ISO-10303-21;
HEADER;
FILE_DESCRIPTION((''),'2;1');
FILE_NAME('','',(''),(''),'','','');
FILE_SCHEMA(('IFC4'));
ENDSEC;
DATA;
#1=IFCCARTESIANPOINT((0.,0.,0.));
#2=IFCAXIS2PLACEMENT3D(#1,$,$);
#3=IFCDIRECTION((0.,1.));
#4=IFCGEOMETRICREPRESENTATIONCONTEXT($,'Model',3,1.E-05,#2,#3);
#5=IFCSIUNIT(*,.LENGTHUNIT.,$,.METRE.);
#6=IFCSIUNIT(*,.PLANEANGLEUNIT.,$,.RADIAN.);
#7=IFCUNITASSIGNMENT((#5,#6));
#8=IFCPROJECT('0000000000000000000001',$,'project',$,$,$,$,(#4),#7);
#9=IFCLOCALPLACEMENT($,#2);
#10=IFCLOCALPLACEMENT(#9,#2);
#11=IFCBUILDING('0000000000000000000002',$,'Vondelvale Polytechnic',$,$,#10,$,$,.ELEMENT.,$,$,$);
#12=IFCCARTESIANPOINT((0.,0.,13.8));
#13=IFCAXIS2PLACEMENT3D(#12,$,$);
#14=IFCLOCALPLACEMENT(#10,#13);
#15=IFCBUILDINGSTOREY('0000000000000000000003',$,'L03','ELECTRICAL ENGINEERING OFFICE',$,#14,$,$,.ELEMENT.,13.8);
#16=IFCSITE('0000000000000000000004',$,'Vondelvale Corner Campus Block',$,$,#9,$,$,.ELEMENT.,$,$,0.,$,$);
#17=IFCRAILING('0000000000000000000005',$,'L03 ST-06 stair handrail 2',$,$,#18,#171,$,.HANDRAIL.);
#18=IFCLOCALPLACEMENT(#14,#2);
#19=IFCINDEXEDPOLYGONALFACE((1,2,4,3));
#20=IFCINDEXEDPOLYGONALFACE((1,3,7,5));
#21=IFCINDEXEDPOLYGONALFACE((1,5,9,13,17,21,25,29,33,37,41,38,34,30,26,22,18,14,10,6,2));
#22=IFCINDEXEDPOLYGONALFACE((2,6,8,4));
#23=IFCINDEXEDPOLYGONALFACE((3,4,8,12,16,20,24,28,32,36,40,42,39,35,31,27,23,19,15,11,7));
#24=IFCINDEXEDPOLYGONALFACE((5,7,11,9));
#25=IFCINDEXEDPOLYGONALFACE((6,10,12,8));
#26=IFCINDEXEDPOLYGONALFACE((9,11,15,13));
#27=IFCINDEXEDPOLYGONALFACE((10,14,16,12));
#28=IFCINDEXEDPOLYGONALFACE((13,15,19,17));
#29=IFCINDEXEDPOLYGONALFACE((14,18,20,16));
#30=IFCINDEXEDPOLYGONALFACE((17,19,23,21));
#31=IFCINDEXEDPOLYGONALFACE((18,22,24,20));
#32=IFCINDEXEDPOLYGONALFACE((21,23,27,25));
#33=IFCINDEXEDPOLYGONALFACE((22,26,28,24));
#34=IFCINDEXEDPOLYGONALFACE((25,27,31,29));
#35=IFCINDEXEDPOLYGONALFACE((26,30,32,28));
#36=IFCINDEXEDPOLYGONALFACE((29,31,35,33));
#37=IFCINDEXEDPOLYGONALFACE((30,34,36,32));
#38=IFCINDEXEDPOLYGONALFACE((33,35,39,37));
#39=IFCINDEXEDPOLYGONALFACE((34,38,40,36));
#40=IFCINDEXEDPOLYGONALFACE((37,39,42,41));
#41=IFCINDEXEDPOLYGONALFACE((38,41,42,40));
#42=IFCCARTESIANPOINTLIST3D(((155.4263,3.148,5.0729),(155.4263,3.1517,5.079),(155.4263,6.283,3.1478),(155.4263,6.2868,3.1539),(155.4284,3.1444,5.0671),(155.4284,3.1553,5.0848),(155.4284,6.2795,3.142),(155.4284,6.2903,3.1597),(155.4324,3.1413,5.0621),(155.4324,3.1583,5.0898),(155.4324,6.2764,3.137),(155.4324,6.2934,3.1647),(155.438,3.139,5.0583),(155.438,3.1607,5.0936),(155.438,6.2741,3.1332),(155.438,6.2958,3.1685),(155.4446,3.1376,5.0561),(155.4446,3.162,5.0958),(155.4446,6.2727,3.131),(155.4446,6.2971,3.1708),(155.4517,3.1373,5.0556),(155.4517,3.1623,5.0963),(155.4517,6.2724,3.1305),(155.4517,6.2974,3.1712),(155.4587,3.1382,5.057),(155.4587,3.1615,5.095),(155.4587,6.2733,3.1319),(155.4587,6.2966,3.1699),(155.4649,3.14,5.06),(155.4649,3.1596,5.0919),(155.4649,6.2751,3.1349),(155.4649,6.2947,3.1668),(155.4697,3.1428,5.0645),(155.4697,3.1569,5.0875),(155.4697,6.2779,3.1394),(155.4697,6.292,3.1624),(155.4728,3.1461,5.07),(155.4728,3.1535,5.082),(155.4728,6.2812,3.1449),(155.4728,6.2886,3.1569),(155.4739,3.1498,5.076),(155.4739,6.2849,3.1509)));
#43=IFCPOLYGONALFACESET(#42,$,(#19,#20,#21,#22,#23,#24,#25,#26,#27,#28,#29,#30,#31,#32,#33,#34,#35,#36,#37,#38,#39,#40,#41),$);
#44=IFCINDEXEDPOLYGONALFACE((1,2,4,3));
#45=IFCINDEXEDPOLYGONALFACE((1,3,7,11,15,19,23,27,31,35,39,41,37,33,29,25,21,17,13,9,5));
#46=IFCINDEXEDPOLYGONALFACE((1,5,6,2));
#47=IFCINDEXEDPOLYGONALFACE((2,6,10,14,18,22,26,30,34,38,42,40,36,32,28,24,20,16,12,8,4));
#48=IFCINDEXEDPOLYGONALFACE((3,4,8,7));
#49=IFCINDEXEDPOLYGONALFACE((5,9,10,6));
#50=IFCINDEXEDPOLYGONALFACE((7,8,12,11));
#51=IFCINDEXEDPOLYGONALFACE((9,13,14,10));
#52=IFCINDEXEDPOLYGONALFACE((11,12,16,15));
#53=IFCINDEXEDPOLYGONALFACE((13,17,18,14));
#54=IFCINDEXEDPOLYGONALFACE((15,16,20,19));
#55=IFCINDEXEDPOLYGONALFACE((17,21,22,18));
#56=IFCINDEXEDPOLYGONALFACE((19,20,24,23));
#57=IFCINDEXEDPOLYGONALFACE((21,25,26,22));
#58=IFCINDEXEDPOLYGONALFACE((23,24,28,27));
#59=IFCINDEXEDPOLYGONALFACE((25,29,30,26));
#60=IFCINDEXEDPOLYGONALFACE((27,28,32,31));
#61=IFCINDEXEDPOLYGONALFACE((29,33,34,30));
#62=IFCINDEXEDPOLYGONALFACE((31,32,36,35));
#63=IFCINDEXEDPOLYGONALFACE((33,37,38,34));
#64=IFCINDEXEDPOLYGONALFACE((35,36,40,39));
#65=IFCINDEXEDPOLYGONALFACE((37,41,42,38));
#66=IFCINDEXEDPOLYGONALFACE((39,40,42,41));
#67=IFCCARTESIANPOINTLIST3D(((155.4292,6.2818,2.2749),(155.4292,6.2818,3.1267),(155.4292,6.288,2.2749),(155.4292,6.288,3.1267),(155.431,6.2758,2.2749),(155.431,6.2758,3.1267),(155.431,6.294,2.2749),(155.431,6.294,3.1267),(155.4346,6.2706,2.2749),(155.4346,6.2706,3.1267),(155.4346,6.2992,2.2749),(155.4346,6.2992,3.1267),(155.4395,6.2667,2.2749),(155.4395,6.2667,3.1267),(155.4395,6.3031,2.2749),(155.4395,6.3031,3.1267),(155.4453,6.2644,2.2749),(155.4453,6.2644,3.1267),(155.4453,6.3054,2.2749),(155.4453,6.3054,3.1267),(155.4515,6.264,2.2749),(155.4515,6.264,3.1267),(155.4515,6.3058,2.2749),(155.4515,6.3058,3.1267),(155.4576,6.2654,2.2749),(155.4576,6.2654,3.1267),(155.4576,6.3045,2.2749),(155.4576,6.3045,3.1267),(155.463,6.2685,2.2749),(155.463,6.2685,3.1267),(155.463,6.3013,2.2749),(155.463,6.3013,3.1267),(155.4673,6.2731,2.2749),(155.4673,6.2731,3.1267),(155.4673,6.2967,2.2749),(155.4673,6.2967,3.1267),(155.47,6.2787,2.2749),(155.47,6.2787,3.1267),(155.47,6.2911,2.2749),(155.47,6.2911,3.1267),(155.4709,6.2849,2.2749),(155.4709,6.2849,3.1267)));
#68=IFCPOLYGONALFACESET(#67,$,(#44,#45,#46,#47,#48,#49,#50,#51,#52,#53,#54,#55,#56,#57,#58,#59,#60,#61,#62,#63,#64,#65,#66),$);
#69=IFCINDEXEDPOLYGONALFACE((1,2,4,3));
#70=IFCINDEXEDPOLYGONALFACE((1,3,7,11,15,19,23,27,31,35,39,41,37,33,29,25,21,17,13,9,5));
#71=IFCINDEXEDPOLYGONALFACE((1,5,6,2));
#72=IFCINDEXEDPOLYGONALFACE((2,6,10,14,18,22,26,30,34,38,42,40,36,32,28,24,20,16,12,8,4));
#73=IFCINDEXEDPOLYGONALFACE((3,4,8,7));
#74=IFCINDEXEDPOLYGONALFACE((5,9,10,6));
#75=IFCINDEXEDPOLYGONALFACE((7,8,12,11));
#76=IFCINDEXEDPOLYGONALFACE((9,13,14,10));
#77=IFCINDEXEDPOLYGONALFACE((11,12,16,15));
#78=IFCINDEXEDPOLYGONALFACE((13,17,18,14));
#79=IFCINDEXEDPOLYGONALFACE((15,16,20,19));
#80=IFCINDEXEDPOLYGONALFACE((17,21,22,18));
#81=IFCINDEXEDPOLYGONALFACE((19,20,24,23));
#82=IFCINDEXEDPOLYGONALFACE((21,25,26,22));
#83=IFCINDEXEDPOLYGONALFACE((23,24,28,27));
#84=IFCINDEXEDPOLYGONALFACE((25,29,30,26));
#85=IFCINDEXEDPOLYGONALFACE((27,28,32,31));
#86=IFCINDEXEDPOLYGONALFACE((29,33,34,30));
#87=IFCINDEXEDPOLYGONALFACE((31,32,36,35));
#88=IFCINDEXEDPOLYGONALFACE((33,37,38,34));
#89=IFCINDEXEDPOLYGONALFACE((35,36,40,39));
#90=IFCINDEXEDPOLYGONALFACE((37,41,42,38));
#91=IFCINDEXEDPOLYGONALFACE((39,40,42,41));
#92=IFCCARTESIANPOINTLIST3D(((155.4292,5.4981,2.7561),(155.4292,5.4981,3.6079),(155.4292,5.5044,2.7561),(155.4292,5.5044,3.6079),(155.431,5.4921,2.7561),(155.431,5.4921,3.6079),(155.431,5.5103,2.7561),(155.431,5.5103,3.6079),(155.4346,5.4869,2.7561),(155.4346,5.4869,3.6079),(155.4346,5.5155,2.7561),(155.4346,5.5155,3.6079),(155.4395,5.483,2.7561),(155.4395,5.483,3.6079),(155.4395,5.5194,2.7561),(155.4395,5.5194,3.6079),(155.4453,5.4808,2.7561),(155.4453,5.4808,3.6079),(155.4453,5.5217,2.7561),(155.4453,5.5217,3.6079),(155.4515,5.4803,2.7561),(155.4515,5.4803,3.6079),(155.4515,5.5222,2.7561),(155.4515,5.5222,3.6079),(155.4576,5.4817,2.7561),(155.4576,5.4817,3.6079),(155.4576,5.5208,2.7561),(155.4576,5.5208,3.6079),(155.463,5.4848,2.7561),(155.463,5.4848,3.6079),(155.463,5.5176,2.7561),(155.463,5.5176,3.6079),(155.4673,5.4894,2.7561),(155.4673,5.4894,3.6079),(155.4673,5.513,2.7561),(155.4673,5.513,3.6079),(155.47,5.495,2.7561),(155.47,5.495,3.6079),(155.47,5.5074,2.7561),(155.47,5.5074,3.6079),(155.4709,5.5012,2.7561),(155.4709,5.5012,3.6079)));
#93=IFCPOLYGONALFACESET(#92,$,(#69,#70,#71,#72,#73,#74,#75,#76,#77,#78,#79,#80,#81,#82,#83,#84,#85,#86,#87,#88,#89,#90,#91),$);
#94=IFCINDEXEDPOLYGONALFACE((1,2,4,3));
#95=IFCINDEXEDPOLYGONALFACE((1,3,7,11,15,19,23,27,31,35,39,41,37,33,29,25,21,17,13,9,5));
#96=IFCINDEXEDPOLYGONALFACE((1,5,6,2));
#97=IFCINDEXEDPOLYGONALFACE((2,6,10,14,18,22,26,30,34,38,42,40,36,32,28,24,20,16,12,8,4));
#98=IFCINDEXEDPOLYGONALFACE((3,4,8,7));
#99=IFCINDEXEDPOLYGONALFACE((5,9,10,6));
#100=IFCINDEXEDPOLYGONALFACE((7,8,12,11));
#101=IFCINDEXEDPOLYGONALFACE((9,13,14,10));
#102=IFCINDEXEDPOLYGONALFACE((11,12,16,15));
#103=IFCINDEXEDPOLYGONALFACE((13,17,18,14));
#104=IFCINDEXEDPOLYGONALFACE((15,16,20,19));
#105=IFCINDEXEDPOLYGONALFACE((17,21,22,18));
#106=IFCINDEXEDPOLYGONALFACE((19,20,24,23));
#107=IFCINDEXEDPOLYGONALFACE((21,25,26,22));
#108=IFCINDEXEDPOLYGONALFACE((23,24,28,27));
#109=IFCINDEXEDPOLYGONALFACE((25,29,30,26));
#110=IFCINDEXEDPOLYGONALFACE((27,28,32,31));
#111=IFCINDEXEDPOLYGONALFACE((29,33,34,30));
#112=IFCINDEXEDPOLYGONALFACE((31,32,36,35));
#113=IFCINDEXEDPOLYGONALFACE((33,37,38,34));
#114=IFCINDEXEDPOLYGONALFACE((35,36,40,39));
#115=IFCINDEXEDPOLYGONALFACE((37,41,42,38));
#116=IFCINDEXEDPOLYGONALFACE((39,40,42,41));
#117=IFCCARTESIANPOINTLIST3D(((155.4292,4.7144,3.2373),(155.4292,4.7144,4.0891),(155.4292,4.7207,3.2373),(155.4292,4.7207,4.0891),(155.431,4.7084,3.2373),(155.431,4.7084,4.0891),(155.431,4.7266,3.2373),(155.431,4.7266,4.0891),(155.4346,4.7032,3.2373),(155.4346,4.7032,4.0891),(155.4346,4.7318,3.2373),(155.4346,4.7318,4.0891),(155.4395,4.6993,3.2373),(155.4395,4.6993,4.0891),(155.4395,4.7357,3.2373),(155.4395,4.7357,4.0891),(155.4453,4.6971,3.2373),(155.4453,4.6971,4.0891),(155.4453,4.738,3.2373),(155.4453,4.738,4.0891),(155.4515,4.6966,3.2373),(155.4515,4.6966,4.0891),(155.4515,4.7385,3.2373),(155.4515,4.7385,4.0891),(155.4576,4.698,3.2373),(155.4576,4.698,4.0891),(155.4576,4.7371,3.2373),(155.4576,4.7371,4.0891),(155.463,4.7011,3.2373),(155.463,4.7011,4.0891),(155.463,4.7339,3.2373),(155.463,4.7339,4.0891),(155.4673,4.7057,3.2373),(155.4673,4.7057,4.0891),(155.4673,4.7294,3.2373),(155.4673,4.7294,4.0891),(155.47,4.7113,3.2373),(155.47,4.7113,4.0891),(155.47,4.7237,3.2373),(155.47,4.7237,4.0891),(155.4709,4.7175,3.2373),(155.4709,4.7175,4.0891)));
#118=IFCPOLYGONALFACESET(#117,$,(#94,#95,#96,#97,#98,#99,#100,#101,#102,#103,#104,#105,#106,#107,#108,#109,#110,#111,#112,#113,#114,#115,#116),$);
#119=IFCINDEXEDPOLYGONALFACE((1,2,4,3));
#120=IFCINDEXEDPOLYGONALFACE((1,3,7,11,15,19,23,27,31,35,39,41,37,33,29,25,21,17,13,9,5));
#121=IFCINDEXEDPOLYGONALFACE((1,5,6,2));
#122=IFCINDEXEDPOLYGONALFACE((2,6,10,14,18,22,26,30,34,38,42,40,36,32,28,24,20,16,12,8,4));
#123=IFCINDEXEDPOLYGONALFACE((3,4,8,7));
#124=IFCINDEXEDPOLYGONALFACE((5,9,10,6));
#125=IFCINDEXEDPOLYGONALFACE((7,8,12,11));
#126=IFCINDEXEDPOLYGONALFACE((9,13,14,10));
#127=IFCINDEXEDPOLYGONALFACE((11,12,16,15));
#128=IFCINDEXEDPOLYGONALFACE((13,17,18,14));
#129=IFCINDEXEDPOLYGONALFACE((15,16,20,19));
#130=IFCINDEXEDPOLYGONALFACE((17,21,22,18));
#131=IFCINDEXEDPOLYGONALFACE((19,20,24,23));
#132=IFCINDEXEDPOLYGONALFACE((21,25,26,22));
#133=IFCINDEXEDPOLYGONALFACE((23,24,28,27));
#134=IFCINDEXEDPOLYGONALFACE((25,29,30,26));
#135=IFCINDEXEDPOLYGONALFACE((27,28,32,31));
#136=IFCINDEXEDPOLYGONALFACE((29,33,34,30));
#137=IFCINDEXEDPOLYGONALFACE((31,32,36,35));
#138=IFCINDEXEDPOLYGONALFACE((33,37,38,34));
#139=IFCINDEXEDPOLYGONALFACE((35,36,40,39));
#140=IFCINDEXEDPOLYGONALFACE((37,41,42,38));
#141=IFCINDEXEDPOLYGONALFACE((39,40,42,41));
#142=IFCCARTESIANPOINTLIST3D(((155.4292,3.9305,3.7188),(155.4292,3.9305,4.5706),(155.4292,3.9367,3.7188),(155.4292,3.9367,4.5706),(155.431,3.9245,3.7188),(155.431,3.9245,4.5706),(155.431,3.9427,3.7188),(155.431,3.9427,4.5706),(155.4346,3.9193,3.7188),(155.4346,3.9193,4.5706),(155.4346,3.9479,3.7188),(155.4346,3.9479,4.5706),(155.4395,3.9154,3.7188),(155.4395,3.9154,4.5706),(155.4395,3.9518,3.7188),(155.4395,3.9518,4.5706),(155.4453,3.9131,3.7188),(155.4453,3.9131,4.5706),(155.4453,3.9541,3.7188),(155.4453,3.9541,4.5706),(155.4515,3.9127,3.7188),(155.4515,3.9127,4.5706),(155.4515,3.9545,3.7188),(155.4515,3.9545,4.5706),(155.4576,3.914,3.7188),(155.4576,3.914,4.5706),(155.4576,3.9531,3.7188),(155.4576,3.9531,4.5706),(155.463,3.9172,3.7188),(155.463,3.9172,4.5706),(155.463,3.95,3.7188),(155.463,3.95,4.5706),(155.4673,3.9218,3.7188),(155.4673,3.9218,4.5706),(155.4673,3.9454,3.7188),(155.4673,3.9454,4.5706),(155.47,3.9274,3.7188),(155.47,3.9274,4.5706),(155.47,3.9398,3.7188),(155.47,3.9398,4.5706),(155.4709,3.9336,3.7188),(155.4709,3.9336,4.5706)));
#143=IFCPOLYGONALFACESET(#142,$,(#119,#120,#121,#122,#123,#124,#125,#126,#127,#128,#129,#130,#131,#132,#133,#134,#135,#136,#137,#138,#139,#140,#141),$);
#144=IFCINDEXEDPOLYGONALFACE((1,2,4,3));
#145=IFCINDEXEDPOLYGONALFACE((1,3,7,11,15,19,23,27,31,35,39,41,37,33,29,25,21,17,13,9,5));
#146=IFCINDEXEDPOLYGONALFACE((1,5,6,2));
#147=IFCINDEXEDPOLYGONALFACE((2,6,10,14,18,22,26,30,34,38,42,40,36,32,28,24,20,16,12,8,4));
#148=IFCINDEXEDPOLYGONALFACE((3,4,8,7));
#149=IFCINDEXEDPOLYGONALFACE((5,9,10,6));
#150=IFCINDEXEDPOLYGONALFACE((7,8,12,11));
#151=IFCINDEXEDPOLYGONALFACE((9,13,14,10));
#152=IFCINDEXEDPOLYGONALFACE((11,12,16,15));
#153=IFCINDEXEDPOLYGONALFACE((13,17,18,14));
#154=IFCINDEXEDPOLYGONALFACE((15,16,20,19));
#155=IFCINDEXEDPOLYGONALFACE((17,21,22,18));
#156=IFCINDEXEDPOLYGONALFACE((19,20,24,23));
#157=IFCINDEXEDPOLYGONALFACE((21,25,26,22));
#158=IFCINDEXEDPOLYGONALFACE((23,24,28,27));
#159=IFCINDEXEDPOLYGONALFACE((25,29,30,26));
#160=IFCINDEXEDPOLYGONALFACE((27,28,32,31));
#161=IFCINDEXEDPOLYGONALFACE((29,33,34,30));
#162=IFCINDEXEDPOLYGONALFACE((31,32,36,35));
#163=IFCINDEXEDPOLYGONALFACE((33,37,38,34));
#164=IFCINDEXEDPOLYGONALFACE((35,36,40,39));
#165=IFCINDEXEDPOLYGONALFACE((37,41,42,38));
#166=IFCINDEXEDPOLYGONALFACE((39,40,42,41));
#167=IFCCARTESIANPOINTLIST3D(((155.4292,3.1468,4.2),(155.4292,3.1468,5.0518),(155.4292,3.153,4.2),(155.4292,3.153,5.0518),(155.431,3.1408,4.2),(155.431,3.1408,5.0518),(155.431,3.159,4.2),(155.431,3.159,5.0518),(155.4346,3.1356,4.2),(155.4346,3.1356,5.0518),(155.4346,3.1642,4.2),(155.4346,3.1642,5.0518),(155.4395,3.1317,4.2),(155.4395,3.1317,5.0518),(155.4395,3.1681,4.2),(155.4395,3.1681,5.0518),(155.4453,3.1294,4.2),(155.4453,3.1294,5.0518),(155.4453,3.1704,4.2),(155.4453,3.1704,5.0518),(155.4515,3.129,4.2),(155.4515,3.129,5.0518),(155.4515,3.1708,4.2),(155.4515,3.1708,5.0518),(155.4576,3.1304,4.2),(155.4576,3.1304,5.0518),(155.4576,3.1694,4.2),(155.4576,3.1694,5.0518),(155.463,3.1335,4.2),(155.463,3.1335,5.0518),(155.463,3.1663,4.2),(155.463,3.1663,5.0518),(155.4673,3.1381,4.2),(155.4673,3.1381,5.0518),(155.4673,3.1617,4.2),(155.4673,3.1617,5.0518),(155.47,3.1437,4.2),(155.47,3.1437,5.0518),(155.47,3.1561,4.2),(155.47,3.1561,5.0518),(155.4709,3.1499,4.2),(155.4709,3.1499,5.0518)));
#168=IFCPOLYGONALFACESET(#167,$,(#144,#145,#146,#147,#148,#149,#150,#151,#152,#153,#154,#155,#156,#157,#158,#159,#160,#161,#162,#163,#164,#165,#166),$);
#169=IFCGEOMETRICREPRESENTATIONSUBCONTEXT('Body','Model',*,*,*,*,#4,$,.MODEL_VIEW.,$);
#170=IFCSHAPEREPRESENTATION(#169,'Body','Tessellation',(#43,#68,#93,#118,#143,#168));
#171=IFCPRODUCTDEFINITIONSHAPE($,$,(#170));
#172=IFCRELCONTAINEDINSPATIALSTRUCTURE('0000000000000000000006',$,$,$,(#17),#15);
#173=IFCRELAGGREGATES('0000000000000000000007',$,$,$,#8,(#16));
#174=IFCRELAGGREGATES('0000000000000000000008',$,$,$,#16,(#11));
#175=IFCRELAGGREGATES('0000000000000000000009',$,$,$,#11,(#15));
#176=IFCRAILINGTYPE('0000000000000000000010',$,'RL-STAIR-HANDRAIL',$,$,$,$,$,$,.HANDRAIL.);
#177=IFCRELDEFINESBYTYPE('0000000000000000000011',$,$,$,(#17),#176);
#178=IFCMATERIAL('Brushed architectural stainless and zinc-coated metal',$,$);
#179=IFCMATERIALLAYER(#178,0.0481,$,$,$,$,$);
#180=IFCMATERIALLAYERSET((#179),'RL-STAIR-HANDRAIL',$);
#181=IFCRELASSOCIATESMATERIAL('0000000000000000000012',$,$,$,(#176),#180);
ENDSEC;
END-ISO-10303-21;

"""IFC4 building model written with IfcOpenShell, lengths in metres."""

from ifc_helpers import new_model, si_unit, direction, frame, origin, origin_2d, place, context, subcontext, project, spatial, circle, extrude, material, layer, layer_set, type_object, element, save


model = new_model("IFC4")

# Units and contexts
model_context = context("Model", 3, precision=1e-05, world=origin(), true_north=direction((0.0, 1.0)))
body_context = subcontext(model_context, "Body", "Model", "MODEL_VIEW")
ifc_project = project(units=[si_unit("LENGTHUNIT", "METRE"), si_unit("PLANEANGLEUNIT", "RADIAN")], contexts=[model_context])

# Site, building, storey
site_placement = place(None, origin())
site = spatial("IfcSite", under=ifc_project, at=site_placement, Name="Vondelvale Corner Campus Block", CompositionType="ELEMENT", RefElevation=0.0)
building_placement = place(site_placement, origin())
building = spatial("IfcBuilding", under=site, at=building_placement, Name="Vondelvale Polytechnic", CompositionType="ELEMENT")
storey_placement = place(building_placement, frame((0.0, 0.0, 13.8)))
storey = spatial("IfcBuildingStorey", under=building, at=storey_placement, Name="L03", Description="ELECTRICAL ENGINEERING OFFICE", CompositionType="ELEMENT", Elevation=13.8)

# Railing
ifc_material_1 = material(Name="Brushed architectural stainless and zinc-coated metal")
ifc_layer_1 = layer(ifc_material_1, 0.0481)
ifc_layer_set_1 = layer_set([ifc_layer_1], Name="RL-STAIR-HANDRAIL")
railing_type_1 = type_object("IfcRailingType", Name="RL-STAIR-HANDRAIL", PredefinedType="HANDRAIL", material=ifc_layer_set_1)
railing_1_placement = place(storey_placement, frame((155.45, 6.2849, 2.2749)))
element("IfcRailing", 1, at=railing_1_placement, inside=storey, type_object=railing_type_1, Name="L03 ST-06 stair handrail 2", PredefinedType="HANDRAIL", context=body_context, shape_type="SweptSolid", body=[
    extrude(circle(Radius=0.0239, at=origin_2d()), frame((0.0, 0.0, 0.876), z_axis=(0.0, -0.852166, 0.523271), x_axis=(1.0, 0.0, 0.0)), (0.0, 0.0, 1.0), 3.679),
    extrude(circle(Radius=0.021, at=origin_2d()), origin(), (0.0, 0.0, 1.0), 0.8518),
    extrude(circle(Radius=0.021, at=origin_2d()), frame((0.0, -0.7837, 0.4812)), (0.0, 0.0, 1.0), 0.8518),
    extrude(circle(Radius=0.021, at=origin_2d()), frame((0.0, -1.5674, 0.9624)), (0.0, 0.0, 1.0), 0.8518),
    extrude(circle(Radius=0.021, at=origin_2d()), frame((0.0, -2.3513, 1.4438)), (0.0, 0.0, 1.0), 0.8518),
    extrude(circle(Radius=0.021, at=origin_2d()), frame((0.0, -3.135, 1.925)), (0.0, 0.0, 1.0), 0.8518),
])

save(model, "model.ifc")
